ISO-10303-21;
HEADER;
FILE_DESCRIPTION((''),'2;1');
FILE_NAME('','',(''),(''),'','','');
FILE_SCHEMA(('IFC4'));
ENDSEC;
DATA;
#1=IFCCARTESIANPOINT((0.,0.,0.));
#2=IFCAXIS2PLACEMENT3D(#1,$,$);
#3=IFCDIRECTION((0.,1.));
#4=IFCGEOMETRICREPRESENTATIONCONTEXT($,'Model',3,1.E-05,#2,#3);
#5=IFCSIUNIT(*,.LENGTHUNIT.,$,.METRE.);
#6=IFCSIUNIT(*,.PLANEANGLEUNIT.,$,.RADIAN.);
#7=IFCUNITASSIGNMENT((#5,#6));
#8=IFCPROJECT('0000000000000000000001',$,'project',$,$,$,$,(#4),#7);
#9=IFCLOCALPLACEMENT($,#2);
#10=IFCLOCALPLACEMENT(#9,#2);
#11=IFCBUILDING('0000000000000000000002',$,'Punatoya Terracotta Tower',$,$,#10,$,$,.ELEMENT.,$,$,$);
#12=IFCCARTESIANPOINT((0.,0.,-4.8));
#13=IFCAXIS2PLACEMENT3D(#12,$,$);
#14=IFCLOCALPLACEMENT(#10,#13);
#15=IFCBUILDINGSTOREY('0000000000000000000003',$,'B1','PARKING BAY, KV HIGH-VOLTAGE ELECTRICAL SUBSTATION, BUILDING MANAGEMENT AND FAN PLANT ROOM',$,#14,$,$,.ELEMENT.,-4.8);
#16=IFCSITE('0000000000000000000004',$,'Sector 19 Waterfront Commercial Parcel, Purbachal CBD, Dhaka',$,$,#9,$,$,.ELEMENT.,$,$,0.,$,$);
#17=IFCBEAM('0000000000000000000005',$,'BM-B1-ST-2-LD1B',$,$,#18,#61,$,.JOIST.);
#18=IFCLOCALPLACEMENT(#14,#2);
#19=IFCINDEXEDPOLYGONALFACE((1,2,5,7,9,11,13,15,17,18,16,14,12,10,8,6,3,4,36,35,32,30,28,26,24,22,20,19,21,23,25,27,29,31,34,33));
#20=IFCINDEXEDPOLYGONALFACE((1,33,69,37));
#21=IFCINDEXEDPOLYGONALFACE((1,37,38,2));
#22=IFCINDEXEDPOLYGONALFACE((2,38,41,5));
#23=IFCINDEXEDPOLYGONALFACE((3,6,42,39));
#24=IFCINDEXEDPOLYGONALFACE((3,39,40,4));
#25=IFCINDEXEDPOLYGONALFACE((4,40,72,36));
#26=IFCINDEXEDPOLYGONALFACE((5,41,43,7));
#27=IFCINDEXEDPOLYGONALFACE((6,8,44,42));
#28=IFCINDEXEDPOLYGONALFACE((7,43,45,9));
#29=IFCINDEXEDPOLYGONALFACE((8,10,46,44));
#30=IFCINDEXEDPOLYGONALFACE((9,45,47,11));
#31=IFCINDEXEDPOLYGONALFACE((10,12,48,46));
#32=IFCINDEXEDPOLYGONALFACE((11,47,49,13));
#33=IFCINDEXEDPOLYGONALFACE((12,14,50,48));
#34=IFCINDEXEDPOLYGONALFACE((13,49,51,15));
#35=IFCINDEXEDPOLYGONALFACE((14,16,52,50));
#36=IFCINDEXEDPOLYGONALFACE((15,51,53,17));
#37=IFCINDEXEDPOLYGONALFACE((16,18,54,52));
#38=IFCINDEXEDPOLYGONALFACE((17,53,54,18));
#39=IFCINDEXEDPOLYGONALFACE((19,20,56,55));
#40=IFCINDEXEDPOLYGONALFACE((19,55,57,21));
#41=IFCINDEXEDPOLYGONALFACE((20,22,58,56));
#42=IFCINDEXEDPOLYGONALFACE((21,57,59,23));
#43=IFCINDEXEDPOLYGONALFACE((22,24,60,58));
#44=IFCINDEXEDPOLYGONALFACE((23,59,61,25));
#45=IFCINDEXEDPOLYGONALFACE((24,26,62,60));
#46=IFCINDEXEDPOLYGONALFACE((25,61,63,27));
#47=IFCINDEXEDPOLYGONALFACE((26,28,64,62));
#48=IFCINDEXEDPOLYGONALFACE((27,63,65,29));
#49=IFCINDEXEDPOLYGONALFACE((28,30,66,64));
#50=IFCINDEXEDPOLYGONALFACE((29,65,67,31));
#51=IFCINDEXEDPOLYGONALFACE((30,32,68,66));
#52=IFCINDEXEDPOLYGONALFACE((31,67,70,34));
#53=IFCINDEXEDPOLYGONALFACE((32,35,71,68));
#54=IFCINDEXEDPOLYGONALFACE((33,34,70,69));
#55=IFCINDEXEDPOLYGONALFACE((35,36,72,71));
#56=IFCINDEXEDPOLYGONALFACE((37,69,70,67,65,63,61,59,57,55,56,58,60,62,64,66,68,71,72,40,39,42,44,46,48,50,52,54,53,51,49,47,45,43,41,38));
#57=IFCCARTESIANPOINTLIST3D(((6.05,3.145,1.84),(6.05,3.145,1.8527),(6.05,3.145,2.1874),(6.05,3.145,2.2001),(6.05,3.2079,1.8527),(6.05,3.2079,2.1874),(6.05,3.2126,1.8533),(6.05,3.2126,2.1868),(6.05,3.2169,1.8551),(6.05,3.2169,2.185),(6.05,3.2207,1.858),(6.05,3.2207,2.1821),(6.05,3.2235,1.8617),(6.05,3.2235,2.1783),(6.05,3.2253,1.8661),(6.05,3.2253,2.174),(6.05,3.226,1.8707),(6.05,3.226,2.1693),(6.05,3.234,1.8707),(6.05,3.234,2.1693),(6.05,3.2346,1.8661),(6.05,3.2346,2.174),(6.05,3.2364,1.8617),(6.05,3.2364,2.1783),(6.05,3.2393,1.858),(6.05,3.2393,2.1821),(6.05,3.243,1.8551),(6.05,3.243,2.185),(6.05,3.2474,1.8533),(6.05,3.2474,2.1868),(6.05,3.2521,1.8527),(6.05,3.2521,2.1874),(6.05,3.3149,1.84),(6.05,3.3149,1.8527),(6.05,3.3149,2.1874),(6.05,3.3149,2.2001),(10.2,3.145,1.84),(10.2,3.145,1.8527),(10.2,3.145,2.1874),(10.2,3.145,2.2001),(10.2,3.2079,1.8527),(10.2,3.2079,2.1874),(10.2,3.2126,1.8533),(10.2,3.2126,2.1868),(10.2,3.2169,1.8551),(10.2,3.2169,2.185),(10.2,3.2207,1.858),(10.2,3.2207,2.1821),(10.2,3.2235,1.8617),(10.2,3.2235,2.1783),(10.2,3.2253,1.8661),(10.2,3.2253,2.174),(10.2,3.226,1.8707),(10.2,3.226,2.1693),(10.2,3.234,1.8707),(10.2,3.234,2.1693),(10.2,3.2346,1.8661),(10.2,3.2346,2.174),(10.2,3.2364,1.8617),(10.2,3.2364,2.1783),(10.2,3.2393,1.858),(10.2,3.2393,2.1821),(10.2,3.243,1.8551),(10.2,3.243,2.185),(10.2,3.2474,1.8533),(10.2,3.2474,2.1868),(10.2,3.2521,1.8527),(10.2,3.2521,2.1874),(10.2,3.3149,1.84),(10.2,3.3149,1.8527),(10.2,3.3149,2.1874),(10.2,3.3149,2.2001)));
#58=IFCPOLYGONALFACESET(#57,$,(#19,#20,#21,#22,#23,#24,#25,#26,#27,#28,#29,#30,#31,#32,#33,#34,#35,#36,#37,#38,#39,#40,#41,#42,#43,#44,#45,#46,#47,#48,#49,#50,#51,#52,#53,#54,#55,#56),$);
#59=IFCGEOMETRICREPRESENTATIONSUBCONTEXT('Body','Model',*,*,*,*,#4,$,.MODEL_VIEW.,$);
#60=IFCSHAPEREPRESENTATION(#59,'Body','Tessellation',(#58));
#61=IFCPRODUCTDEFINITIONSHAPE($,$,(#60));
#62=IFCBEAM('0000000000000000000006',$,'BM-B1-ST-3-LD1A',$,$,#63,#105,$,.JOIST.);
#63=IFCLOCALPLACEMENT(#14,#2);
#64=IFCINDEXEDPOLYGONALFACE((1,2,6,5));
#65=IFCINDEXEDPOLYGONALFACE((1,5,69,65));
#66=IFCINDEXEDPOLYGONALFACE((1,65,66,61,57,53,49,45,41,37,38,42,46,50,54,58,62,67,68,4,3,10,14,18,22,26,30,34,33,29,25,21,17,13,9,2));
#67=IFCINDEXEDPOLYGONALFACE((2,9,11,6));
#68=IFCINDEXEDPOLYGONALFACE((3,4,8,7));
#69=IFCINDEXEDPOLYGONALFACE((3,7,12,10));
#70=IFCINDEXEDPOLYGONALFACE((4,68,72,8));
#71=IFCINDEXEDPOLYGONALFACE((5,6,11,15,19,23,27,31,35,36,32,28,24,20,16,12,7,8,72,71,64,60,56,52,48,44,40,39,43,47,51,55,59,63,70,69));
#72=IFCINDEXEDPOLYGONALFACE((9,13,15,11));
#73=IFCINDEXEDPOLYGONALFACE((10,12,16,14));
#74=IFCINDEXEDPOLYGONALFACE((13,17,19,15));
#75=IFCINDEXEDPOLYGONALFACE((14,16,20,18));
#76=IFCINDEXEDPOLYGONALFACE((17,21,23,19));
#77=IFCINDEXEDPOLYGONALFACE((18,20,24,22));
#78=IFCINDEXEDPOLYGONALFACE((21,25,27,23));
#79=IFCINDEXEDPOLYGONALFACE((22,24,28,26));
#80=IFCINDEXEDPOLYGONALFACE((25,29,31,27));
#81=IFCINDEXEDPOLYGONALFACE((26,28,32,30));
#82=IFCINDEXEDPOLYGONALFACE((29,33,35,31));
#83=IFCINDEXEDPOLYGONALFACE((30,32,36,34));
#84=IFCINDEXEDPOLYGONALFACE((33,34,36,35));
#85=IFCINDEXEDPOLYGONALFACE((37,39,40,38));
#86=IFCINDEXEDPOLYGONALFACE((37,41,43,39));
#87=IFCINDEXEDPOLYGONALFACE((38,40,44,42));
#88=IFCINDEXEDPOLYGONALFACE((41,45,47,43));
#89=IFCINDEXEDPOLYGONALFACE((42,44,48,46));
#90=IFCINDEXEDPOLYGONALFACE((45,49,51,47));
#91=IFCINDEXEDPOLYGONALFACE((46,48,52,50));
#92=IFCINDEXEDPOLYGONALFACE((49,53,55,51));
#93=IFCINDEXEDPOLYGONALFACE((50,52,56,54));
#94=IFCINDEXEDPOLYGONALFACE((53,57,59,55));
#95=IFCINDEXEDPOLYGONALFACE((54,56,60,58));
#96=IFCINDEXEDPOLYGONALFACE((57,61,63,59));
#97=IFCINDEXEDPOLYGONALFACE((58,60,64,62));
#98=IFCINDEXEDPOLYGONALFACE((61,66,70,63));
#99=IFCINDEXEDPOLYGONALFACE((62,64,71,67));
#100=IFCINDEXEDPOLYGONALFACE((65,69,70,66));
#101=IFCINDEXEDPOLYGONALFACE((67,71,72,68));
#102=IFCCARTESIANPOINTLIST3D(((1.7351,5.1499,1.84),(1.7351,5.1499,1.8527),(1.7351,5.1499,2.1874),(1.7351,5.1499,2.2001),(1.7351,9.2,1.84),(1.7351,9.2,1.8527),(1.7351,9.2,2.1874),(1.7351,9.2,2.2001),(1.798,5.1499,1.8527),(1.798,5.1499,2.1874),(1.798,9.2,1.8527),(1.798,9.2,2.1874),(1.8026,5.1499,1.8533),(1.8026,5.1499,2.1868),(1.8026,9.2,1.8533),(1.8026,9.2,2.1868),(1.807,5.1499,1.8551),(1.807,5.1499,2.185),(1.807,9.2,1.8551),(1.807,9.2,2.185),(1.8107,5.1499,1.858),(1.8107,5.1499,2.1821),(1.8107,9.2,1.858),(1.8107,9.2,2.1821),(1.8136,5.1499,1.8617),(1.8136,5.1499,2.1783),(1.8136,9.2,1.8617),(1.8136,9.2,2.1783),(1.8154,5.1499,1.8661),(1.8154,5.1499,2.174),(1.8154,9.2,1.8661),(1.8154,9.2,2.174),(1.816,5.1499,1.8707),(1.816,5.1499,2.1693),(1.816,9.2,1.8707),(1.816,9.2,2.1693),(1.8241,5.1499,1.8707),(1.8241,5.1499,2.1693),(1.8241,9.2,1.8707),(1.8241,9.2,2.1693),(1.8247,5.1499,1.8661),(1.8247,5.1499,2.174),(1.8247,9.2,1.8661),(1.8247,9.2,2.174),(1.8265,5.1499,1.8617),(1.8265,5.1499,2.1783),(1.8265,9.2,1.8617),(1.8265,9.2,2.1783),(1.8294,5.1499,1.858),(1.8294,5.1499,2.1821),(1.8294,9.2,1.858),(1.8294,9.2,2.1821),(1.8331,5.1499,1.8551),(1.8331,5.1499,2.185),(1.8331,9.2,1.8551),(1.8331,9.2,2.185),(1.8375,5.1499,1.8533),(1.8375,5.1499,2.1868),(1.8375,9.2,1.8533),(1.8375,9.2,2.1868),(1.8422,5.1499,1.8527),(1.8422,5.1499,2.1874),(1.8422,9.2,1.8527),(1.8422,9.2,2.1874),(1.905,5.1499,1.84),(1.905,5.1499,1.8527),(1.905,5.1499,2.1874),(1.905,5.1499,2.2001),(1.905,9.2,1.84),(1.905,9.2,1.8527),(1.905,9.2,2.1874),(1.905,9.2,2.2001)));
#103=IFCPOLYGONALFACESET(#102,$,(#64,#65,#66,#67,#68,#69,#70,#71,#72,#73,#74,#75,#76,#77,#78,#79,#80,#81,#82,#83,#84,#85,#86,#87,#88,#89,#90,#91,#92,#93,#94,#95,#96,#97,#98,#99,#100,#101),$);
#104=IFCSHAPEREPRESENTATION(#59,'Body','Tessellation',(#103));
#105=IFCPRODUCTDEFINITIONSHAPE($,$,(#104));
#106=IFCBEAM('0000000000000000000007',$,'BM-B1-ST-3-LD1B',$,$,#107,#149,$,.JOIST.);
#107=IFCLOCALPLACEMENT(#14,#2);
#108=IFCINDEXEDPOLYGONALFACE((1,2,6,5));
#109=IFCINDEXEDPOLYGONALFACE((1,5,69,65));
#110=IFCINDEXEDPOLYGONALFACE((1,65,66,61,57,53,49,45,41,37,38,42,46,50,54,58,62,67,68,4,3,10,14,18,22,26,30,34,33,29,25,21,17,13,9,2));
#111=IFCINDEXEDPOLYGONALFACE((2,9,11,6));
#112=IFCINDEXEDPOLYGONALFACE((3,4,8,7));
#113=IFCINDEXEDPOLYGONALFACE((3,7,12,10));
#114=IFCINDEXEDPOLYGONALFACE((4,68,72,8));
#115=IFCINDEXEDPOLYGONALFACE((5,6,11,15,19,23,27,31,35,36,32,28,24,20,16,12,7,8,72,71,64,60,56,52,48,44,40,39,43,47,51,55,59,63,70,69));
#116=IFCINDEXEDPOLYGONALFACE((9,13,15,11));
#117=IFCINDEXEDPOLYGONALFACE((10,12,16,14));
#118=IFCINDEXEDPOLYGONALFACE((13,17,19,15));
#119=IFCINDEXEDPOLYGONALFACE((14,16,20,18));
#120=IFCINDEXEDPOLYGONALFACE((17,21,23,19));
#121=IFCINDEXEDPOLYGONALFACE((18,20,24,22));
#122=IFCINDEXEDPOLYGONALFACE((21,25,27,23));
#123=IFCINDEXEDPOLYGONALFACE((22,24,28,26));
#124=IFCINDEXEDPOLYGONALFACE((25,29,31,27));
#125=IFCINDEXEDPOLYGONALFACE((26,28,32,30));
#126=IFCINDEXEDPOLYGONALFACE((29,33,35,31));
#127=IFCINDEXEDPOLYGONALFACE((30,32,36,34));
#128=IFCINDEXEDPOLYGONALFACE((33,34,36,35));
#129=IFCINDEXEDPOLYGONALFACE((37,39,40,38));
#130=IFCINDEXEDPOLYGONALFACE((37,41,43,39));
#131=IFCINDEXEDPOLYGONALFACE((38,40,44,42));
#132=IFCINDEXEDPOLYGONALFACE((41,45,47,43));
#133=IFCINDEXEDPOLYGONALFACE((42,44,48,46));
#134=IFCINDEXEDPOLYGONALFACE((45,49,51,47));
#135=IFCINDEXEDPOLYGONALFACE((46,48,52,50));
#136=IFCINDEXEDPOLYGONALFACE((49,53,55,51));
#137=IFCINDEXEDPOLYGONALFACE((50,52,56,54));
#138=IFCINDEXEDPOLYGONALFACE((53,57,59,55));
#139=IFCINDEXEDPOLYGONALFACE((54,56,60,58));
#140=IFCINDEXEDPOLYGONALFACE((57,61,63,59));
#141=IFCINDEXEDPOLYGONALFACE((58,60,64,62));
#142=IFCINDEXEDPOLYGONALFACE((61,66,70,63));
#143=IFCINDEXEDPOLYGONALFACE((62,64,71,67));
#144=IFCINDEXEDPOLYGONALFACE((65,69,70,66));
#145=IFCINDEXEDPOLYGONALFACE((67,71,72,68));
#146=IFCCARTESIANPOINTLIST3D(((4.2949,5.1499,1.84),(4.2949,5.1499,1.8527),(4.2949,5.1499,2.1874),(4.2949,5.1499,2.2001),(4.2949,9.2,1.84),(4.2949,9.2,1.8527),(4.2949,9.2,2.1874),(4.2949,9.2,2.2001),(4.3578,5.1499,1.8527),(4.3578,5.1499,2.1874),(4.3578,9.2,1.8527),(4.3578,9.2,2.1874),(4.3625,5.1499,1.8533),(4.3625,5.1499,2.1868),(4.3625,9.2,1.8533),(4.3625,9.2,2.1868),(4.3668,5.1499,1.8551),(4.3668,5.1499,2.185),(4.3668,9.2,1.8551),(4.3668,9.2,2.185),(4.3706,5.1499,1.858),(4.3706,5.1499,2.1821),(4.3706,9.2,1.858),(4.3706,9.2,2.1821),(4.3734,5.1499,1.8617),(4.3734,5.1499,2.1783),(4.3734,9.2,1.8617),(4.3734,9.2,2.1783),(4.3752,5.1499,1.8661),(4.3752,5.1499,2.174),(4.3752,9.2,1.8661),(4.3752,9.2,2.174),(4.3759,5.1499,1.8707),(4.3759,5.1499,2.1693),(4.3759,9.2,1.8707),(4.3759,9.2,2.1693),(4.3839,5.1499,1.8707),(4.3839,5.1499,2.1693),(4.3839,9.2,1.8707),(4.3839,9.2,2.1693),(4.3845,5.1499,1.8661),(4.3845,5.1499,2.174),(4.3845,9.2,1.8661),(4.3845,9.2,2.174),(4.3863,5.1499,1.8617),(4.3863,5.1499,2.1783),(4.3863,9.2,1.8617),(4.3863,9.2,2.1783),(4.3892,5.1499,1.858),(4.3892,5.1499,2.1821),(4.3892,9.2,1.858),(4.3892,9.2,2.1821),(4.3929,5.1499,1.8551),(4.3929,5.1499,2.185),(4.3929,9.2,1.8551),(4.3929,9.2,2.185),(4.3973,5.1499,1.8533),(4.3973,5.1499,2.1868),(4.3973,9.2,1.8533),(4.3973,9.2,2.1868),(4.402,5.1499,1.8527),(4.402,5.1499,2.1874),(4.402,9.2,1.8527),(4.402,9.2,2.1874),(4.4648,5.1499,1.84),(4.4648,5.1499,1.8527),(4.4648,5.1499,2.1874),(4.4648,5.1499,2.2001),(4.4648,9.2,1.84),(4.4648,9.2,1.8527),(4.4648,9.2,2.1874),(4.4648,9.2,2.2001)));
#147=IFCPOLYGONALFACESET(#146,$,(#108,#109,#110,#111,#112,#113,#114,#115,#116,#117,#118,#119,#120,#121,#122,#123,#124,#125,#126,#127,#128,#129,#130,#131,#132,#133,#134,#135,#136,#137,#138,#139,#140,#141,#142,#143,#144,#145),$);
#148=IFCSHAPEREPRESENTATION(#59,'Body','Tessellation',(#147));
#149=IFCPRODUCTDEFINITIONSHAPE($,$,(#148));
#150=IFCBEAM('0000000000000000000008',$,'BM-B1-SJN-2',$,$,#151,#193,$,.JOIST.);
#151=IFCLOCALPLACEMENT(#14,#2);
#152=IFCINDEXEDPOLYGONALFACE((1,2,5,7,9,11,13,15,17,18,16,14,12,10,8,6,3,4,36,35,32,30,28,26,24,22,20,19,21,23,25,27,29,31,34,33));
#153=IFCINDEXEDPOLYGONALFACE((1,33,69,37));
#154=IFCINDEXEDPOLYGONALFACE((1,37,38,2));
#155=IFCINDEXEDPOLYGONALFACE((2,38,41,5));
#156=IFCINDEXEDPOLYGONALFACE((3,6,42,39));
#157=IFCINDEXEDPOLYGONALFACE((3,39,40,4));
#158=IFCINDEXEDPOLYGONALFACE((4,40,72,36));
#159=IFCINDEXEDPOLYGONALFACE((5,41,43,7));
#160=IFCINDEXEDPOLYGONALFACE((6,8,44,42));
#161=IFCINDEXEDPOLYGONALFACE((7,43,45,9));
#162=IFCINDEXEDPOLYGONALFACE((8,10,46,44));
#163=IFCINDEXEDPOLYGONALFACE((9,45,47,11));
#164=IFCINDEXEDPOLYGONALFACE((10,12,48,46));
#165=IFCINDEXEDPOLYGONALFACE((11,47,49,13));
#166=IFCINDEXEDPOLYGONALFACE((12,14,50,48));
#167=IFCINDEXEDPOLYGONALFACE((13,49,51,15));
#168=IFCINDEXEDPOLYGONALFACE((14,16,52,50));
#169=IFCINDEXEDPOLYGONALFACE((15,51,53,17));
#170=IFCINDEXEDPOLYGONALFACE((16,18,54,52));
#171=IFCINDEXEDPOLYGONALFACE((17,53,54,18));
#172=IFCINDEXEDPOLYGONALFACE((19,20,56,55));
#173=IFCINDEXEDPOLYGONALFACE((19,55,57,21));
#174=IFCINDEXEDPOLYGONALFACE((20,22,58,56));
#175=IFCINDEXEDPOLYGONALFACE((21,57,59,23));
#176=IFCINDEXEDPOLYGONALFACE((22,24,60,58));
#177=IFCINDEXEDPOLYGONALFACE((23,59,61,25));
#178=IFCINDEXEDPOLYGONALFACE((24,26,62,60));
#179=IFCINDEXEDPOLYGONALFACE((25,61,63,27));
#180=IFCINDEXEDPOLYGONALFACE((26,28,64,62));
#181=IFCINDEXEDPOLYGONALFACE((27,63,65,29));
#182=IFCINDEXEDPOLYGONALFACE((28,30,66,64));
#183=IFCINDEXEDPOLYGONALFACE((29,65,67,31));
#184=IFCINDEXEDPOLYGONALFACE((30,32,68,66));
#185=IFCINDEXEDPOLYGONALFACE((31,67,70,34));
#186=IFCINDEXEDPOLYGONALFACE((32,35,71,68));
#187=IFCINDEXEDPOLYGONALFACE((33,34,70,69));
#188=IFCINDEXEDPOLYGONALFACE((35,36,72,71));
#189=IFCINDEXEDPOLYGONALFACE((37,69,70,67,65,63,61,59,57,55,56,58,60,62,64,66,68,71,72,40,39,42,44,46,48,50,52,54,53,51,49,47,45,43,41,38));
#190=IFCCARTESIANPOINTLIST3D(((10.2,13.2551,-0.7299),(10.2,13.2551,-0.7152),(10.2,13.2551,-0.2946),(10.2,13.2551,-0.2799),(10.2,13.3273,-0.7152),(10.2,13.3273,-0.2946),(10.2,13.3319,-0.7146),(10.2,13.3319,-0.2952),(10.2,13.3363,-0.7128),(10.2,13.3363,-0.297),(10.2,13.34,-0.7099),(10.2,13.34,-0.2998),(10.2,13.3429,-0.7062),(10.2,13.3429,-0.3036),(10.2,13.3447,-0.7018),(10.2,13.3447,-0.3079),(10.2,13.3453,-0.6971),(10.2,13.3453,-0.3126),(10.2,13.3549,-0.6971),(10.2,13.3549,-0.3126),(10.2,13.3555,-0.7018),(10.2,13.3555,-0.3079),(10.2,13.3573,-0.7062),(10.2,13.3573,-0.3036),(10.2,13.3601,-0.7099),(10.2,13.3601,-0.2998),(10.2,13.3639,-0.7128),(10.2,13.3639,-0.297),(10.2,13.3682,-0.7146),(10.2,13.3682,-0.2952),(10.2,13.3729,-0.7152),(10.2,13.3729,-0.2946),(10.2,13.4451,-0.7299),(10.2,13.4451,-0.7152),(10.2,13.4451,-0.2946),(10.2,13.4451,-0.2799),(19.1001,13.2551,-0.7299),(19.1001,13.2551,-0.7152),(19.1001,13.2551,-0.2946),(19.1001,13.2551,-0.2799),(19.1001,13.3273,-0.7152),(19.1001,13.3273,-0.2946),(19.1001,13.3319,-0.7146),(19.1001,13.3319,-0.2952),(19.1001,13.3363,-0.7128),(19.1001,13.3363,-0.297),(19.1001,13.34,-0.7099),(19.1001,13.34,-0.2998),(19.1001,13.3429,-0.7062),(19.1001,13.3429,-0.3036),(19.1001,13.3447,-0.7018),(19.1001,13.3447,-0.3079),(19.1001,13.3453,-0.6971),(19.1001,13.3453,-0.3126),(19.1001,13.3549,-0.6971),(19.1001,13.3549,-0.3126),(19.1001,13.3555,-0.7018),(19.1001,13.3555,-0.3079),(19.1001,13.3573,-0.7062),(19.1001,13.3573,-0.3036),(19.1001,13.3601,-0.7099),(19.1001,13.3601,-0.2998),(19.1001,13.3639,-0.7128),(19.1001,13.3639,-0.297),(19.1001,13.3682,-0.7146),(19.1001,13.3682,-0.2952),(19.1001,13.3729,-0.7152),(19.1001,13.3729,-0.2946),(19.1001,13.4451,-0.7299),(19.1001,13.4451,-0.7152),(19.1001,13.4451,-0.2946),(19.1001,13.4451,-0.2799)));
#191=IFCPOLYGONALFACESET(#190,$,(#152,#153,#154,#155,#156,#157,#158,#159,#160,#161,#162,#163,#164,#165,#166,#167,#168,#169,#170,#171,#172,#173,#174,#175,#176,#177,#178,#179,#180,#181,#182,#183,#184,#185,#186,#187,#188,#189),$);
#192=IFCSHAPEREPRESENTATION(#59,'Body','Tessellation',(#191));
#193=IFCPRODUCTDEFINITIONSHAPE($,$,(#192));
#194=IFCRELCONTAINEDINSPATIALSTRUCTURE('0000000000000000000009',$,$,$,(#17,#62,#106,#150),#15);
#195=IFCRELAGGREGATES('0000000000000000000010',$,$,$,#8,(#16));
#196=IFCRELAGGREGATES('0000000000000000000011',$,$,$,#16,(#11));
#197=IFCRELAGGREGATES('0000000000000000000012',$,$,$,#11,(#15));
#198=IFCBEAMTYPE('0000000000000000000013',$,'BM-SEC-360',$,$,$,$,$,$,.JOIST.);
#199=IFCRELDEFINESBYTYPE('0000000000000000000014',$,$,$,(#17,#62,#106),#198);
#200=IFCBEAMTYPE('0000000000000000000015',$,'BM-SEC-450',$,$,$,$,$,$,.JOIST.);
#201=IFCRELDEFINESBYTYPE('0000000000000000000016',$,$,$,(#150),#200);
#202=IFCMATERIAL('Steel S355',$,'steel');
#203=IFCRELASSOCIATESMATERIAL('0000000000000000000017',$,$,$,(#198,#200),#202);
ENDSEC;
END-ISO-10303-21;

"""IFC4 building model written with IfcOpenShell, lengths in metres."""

from ifc_helpers import new_model, si_unit, direction, frame, origin, origin_2d, place, context, subcontext, project, spatial, i_section, extrude, material, material_profile, profile_set, type_object, element, save


model = new_model("IFC4")

# Units and contexts
model_context = context("Model", 3, precision=1e-05, world=origin(), true_north=direction((0.0, 1.0)))
body_context = subcontext(model_context, "Body", "Model", "MODEL_VIEW")
ifc_project = project(units=[si_unit("LENGTHUNIT", "METRE"), si_unit("PLANEANGLEUNIT", "RADIAN")], contexts=[model_context])

# Site, building, storey
site_placement = place(None, origin())
site = spatial("IfcSite", under=ifc_project, at=site_placement, Name="Sector 19 Waterfront Commercial Parcel, Purbachal CBD, Dhaka", CompositionType="ELEMENT", RefElevation=0.0)
building_placement = place(site_placement, origin())
building = spatial("IfcBuilding", under=site, at=building_placement, Name="Punatoya Terracotta Tower", CompositionType="ELEMENT")
storey_placement = place(building_placement, frame((0.0, 0.0, -4.8)))
storey = spatial("IfcBuildingStorey", under=building, at=storey_placement, Name="B1", Description="PARKING BAY, KV HIGH-VOLTAGE ELECTRICAL SUBSTATION, BUILDING MANAGEMENT AND FAN PLANT ROOM", CompositionType="ELEMENT", Elevation=-4.8)

# Beams
ifc_material_1 = material(Name="Steel S355", Category="steel")
ifc_material_profile_1 = material_profile(ifc_material_1, i_section(OverallWidth=0.1699, OverallDepth=0.3601, WebThickness=0.0081, FlangeThickness=0.0127, FilletRadius=0.0181, at=origin_2d()))
ifc_profile_set_1 = profile_set([ifc_material_profile_1], Name="Steel S355")
beam_type_1 = type_object("IfcBeamType", Name="BM-SEC-360", PredefinedType="JOIST", material=ifc_profile_set_1)
for number, where, z_axis, x_axis, name in (
    (1, (6.05, 3.23, 2.02), (1.0, 0.0, 0.0), (0.0, 1.0, 0.0), "BM-B1-ST-2-LD1B"),
):
    element("IfcBeam", number, at=place(storey_placement, frame(where, z_axis=z_axis, x_axis=x_axis)), inside=storey, type_object=beam_type_1, Name=name, PredefinedType="JOIST", context=body_context, shape_type="SweptSolid", body=[
        extrude(i_section(OverallWidth=0.1699, OverallDepth=0.3601, WebThickness=0.0081, FlangeThickness=0.0127, FilletRadius=0.0181, at=origin_2d()), origin(), (0.0, 0.0, 1.0), 4.1499),
    ])
for number, where, z_axis, x_axis, name in (
    (2, (1.8201, 5.1499, 2.02), (0.0, 1.0, 0.0), (-1.0, 0.0, 0.0), "BM-B1-ST-3-LD1A"),
    (3, (4.3799, 5.1499, 2.02), (0.0, 1.0, 0.0), (-1.0, 0.0, 0.0), "BM-B1-ST-3-LD1B"),
):
    element("IfcBeam", number, at=place(storey_placement, frame(where, z_axis=z_axis, x_axis=x_axis)), inside=storey, type_object=beam_type_1, Name=name, PredefinedType="JOIST", context=body_context, shape_type="SweptSolid", body=[
        extrude(i_section(OverallWidth=0.1699, OverallDepth=0.3601, WebThickness=0.0081, FlangeThickness=0.0127, FilletRadius=0.0181, at=origin_2d()), origin(), (0.0, 0.0, 1.0), 4.05),
    ])
ifc_material_profile_2 = material_profile(ifc_material_1, i_section(OverallWidth=0.1899, OverallDepth=0.45, WebThickness=0.0095, FlangeThickness=0.0146, FilletRadius=0.0181, at=origin_2d()))
ifc_profile_set_2 = profile_set([ifc_material_profile_2], Name="Steel S355")
beam_type_2 = type_object("IfcBeamType", Name="BM-SEC-450", PredefinedType="JOIST", material=ifc_profile_set_2)
beam_1_placement = place(storey_placement, frame((10.2, 13.3501, -0.5049), z_axis=(1.0, 0.0, 0.0), x_axis=(0.0, 1.0, 0.0)))
element("IfcBeam", 4, at=beam_1_placement, inside=storey, type_object=beam_type_2, Name="BM-B1-SJN-2", PredefinedType="JOIST", context=body_context, shape_type="SweptSolid", body=[
    extrude(i_section(OverallWidth=0.1899, OverallDepth=0.45, WebThickness=0.0095, FlangeThickness=0.0146, FilletRadius=0.0181, at=origin_2d()), origin(), (0.0, 0.0, 1.0), 8.9001),
])

save(model, "model.ifc")
